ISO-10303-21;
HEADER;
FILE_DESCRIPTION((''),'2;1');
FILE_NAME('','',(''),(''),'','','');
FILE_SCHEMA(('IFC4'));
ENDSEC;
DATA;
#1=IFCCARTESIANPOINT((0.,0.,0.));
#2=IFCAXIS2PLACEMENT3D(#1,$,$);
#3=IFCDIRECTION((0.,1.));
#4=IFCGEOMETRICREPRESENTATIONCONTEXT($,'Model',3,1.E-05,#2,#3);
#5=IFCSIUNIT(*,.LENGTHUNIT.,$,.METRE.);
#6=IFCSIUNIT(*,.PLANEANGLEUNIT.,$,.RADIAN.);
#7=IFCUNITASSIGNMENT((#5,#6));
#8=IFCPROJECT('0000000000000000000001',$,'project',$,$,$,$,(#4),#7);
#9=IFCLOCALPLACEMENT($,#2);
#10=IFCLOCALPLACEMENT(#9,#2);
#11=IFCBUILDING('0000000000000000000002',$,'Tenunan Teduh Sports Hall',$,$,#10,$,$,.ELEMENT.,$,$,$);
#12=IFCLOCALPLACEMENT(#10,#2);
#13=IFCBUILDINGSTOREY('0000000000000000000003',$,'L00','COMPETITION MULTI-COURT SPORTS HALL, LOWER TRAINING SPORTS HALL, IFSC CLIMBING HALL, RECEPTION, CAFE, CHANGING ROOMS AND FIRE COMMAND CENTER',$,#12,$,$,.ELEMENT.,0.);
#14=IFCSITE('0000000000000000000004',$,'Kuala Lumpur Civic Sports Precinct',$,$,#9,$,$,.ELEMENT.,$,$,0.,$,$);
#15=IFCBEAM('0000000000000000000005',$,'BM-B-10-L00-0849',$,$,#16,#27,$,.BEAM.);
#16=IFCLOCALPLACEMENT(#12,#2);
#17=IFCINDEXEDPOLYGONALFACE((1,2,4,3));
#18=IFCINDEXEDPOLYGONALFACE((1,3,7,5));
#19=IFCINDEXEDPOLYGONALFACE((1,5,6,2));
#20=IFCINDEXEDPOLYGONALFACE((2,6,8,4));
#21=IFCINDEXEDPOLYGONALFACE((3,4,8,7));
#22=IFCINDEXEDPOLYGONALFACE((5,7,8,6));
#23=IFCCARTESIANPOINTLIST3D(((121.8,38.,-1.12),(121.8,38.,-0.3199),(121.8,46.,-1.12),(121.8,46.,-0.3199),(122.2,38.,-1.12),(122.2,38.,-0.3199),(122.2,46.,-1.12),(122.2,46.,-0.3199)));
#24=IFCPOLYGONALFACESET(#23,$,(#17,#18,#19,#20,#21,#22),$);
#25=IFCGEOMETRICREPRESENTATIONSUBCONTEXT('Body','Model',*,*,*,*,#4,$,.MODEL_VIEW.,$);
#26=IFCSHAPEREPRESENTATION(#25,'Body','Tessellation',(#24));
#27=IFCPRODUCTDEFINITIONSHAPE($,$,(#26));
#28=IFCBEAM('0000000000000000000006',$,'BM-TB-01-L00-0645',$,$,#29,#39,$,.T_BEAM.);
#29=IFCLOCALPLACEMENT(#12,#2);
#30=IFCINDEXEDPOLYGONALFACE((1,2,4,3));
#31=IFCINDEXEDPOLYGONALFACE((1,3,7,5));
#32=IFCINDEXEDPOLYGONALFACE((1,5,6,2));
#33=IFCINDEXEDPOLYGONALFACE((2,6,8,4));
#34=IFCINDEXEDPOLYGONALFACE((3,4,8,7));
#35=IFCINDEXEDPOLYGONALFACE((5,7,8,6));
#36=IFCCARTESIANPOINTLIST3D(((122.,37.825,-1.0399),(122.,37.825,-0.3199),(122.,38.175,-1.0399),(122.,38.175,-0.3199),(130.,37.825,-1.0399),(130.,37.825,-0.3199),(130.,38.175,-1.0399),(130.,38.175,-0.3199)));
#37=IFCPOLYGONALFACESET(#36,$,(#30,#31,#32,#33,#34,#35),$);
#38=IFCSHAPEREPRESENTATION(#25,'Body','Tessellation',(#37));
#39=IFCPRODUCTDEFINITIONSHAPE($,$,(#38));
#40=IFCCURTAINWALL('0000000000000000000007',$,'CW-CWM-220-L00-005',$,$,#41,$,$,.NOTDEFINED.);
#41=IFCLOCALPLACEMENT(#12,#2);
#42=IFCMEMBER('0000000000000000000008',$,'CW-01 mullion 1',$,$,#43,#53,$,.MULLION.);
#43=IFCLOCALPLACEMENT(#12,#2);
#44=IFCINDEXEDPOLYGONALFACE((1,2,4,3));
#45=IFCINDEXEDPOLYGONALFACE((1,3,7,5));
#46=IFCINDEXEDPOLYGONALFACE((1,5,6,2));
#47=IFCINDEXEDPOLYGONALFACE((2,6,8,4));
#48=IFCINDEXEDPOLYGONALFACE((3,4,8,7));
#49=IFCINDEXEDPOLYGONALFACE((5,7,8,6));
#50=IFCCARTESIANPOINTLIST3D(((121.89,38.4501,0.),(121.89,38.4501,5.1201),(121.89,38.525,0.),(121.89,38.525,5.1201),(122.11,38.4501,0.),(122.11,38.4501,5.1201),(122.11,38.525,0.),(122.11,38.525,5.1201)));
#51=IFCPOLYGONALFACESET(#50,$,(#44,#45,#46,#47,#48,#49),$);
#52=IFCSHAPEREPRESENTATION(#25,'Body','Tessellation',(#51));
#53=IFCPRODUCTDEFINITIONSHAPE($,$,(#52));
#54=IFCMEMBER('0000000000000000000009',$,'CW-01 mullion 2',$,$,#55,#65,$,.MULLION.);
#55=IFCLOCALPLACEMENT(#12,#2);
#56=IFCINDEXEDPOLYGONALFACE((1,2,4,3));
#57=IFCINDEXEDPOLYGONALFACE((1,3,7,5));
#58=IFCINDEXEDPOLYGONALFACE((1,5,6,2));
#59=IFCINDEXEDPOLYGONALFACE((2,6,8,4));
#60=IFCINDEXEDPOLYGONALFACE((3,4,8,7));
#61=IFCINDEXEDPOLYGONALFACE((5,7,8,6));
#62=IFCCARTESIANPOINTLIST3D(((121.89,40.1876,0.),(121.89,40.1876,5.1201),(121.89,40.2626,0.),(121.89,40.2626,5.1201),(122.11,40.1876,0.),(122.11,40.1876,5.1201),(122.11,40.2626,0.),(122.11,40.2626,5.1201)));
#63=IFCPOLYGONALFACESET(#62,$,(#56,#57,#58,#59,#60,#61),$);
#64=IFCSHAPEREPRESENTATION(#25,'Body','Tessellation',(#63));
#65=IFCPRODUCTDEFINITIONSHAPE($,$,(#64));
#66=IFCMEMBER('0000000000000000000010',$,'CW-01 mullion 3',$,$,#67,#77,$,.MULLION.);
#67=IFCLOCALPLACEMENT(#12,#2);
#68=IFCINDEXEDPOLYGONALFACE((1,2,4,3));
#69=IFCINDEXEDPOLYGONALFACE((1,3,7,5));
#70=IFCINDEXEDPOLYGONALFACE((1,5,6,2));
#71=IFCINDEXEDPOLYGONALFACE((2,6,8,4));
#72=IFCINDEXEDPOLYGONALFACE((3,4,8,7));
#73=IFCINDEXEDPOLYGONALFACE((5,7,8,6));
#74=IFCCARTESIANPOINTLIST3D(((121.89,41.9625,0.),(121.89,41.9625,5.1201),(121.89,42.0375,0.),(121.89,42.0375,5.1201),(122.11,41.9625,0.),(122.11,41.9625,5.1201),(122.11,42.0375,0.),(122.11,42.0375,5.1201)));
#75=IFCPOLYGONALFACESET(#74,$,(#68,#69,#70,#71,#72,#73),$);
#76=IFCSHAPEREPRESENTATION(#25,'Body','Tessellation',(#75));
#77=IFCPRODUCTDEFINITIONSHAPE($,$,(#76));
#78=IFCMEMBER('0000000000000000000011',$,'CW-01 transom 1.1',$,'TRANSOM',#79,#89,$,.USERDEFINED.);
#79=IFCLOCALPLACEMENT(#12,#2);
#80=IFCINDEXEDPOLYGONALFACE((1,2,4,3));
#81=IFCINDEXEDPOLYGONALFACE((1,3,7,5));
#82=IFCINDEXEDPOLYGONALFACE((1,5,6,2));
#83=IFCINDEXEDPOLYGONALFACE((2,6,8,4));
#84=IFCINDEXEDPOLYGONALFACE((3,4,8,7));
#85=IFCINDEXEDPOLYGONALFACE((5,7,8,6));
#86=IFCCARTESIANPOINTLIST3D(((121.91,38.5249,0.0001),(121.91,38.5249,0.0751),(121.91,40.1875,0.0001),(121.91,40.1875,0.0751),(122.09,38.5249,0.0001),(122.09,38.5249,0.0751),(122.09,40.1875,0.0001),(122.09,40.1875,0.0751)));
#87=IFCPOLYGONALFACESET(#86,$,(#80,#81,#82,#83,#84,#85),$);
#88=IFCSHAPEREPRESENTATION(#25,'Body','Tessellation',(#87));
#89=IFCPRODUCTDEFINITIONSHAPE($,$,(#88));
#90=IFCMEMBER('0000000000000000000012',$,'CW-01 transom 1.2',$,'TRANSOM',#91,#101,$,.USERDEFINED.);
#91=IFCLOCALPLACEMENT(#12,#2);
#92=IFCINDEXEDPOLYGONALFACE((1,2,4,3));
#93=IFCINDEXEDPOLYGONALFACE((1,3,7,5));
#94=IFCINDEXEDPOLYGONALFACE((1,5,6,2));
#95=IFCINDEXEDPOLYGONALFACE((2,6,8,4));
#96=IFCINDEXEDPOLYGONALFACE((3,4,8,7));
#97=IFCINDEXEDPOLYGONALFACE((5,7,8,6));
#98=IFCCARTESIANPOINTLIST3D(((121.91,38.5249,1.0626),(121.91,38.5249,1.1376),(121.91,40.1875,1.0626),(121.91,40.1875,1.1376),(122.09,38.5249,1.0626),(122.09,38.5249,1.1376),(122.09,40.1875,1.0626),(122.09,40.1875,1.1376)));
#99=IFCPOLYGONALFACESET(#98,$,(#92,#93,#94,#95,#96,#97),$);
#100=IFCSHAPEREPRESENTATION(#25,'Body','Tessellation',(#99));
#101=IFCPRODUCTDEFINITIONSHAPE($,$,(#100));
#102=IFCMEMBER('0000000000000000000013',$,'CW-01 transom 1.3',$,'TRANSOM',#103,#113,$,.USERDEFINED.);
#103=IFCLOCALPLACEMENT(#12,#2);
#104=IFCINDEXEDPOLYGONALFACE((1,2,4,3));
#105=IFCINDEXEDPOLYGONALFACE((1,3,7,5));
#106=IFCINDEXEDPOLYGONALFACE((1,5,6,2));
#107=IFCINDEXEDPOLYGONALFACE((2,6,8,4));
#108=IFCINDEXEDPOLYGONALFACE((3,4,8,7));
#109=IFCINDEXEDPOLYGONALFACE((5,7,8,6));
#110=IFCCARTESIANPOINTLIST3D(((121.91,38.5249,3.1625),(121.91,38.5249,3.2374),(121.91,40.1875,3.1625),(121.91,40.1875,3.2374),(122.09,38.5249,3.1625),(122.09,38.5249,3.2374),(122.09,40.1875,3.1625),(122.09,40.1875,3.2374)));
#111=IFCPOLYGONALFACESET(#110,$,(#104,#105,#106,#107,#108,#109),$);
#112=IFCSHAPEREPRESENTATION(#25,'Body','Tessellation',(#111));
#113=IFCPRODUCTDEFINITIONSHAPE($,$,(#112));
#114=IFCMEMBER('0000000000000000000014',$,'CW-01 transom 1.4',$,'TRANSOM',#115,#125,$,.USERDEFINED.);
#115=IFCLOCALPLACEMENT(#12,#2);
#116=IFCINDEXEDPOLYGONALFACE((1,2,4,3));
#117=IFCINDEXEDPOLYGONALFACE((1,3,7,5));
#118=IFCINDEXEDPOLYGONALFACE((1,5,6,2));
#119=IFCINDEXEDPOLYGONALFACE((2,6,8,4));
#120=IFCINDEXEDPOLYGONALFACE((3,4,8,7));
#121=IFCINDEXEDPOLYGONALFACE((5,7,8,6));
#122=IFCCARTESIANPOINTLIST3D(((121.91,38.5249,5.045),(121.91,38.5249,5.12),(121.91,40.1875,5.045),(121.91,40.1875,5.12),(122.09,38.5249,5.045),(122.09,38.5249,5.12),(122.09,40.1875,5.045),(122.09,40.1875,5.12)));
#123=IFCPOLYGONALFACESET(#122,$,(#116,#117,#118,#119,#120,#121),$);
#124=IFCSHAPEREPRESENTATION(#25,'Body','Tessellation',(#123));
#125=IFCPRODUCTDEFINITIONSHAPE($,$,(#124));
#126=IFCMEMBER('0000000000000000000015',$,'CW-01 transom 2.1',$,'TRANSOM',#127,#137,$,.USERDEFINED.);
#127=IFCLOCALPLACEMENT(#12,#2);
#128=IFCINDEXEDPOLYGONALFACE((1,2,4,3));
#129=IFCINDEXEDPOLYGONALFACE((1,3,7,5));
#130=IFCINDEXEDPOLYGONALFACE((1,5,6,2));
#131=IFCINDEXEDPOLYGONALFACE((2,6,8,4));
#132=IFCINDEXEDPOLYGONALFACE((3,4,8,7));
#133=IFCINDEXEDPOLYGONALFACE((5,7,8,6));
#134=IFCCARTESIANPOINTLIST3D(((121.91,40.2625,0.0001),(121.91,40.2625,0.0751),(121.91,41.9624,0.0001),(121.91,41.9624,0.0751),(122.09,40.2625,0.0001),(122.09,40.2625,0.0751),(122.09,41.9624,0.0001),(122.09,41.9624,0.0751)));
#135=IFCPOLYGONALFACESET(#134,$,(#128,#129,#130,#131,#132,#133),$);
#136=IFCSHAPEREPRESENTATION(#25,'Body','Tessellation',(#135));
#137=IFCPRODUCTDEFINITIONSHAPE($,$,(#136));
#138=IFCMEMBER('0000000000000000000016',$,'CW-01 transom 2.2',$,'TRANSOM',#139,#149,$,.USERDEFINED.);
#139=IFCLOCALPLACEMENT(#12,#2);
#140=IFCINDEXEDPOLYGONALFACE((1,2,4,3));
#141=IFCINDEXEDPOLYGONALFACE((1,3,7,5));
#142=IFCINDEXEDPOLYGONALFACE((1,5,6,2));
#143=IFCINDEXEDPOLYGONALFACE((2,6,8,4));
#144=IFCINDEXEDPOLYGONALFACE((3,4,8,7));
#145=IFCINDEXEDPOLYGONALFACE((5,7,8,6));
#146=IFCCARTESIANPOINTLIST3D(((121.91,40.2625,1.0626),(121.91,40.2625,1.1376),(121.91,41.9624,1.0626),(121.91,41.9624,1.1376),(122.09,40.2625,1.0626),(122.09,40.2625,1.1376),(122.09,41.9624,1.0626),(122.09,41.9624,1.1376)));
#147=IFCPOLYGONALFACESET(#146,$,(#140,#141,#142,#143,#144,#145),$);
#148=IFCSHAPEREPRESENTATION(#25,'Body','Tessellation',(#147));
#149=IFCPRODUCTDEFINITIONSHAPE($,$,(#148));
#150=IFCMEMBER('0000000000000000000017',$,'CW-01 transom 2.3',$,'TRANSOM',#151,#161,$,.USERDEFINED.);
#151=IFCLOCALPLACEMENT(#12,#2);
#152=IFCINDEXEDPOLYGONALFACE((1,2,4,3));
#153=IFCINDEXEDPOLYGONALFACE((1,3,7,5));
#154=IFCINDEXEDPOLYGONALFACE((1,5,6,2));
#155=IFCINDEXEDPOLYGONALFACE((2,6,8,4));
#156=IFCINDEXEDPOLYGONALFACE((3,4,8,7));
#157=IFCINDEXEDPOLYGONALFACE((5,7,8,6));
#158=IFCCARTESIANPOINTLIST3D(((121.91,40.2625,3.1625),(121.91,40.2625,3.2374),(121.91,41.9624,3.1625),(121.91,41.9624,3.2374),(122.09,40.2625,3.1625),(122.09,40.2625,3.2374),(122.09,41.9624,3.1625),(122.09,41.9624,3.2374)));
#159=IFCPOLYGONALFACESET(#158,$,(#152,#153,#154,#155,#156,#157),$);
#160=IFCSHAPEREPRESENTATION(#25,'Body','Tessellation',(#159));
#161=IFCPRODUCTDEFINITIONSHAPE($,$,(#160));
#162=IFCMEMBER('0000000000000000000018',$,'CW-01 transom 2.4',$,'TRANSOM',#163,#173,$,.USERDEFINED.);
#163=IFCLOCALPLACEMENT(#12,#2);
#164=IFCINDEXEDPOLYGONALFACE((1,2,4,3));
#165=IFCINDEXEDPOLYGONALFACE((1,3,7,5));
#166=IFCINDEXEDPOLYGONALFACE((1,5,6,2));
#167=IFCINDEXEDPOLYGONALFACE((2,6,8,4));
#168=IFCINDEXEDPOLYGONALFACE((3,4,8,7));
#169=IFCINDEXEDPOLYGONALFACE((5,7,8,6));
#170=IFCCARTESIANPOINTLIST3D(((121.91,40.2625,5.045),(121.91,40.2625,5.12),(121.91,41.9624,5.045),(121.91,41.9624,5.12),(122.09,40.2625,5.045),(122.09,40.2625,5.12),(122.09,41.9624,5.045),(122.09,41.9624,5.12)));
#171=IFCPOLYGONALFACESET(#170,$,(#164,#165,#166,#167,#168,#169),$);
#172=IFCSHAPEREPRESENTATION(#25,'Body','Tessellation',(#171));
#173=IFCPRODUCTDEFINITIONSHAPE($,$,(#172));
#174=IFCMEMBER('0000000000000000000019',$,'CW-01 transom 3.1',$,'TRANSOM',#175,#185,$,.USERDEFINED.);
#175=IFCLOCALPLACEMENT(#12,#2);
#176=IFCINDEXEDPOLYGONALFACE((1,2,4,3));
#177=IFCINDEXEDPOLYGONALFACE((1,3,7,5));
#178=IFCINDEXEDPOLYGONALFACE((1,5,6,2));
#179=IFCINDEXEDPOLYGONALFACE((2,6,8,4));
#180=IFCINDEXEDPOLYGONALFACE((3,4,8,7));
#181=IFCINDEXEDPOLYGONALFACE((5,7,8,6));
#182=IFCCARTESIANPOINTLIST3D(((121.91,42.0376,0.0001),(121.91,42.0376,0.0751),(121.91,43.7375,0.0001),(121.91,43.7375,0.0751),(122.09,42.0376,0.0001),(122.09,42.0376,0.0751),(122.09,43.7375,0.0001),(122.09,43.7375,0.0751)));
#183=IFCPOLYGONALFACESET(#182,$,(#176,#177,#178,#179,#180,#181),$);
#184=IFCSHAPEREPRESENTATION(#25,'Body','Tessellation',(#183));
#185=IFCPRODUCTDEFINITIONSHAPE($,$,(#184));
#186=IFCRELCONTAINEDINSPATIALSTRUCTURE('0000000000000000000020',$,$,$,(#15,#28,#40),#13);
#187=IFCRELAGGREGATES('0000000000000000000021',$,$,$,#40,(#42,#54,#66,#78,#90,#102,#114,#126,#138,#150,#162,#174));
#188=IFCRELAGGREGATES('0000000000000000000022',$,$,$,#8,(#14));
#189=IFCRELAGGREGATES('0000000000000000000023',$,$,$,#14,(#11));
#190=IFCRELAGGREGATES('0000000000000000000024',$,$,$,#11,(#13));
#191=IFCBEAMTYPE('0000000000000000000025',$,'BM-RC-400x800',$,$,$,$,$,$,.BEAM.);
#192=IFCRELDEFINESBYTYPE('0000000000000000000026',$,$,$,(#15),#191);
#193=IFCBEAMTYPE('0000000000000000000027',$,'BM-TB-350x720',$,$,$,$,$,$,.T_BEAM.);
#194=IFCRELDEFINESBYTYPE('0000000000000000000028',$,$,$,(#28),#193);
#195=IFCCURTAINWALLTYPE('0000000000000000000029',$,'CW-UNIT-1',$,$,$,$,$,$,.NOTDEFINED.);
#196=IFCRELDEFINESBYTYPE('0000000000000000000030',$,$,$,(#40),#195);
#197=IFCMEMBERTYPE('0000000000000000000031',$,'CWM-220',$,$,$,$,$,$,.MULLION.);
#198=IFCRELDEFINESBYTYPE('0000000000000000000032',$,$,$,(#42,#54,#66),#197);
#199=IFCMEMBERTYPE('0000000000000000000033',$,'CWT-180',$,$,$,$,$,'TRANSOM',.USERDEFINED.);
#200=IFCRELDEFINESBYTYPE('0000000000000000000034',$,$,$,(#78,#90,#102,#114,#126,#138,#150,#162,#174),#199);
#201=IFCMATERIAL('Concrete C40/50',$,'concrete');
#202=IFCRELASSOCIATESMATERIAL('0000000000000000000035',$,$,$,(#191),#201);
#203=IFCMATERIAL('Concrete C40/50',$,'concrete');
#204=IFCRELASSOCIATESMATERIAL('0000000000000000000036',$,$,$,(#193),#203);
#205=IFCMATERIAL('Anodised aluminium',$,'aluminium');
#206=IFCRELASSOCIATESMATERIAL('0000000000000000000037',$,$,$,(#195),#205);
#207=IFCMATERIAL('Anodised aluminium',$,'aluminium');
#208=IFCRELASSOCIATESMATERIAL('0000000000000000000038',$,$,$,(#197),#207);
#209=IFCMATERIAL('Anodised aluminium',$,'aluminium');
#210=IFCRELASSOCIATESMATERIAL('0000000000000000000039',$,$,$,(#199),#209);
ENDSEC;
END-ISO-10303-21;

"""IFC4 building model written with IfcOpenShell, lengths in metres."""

from ifc_helpers import new_model, si_unit, direction, frame, origin, origin_2d, place, context, subcontext, project, spatial, rectangle, extrude, material, material_profile, profile_set, type_object, element, aggregate, save


model = new_model("IFC4")

# Units and contexts
model_context = context("Model", 3, precision=1e-05, world=origin(), true_north=direction((0.0, 1.0)))
body_context = subcontext(model_context, "Body", "Model", "MODEL_VIEW")
ifc_project = project(units=[si_unit("LENGTHUNIT", "METRE"), si_unit("PLANEANGLEUNIT", "RADIAN")], contexts=[model_context])

# Site, building, storey
site_placement = place(None, origin())
site = spatial("IfcSite", under=ifc_project, at=site_placement, Name="Kuala Lumpur Civic Sports Precinct", CompositionType="ELEMENT", RefElevation=0.0)
building_placement = place(site_placement, origin())
building = spatial("IfcBuilding", under=site, at=building_placement, Name="Tenunan Teduh Sports Hall", CompositionType="ELEMENT")
storey_placement = place(building_placement, origin())
storey = spatial("IfcBuildingStorey", under=building, at=storey_placement, Name="L00", Description="COMPETITION MULTI-COURT SPORTS HALL, LOWER TRAINING SPORTS HALL, IFSC CLIMBING HALL, RECEPTION, CAFE, CHANGING ROOMS AND FIRE COMMAND CENTER", CompositionType="ELEMENT", Elevation=0.0)

# Beams
ifc_material_1 = material(Name="Concrete C40/50", Category="concrete")
ifc_material_profile_1 = material_profile(ifc_material_1, rectangle(XDim=0.3999, YDim=0.8, at=origin_2d()), Name="RCB 400x800")
ifc_profile_set_1 = profile_set([ifc_material_profile_1], Name="Concrete C40/50")
beam_type_1 = type_object("IfcBeamType", Name="BM-RC-400x800", PredefinedType="BEAM", material=ifc_profile_set_1)
beam_1_placement = place(storey_placement, frame((122.0, 38.0, -0.72), z_axis=(0.0, 1.0, 0.0), x_axis=(-1.0, 0.0, 0.0)))
element("IfcBeam", 1, at=beam_1_placement, inside=storey, type_object=beam_type_1, Name="BM-B-10-L00-0849", PredefinedType="BEAM", context=body_context, shape_type="SweptSolid", body=[
    extrude(rectangle(XDim=0.3999, YDim=0.8, at=origin_2d()), origin(), (0.0, 0.0, 1.0), 8.0),
])
ifc_material_2 = material(Name="Concrete C40/50", Category="concrete")
ifc_material_profile_2 = material_profile(ifc_material_2, rectangle(XDim=0.3501, YDim=0.72, at=origin_2d()), Name="TB 350x720")
ifc_profile_set_2 = profile_set([ifc_material_profile_2], Name="Concrete C40/50")
beam_type_2 = type_object("IfcBeamType", Name="BM-TB-350x720", PredefinedType="T_BEAM", material=ifc_profile_set_2)
beam_2_placement = place(storey_placement, frame((122.0, 38.0, -0.6799), z_axis=(1.0, 0.0, 0.0), x_axis=(0.0, 1.0, 0.0)))
element("IfcBeam", 2, at=beam_2_placement, inside=storey, type_object=beam_type_2, Name="BM-TB-01-L00-0645", PredefinedType="T_BEAM", context=body_context, shape_type="SweptSolid", body=[
    extrude(rectangle(XDim=0.3501, YDim=0.72, at=origin_2d()), origin(), (0.0, 0.0, 1.0), 8.0),
])

# Curtain wall, members
ifc_material_3 = material(Name="Anodised aluminium", Category="aluminium")
curtain_wall_type = type_object("IfcCurtainWallType", Name="CW-UNIT-1", PredefinedType="NOTDEFINED", material=ifc_material_3)
curtain_wall_placement = place(storey_placement, origin())
curtain_wall = element("IfcCurtainWall", 3, at=curtain_wall_placement, inside=storey, type_object=curtain_wall_type, Name="CW-CWM-220-L00-005", PredefinedType="NOTDEFINED")
ifc_material_4 = material(Name="Anodised aluminium", Category="aluminium")
ifc_material_profile_3 = material_profile(ifc_material_4, rectangle(XDim=0.075, YDim=0.22, at=origin_2d()), Name="CWM 75x220")
ifc_profile_set_3 = profile_set([ifc_material_profile_3], Name="Anodised aluminium")
member_type_1 = type_object("IfcMemberType", Name="CWM-220", PredefinedType="MULLION", material=ifc_profile_set_3)
member_1_placement = place(storey_placement, frame((122.0, 38.4875, 0.0), z_axis=(0.0, 0.0, 1.0), x_axis=(0.0, 1.0, 0.0)))
member_1 = element("IfcMember", 4, at=member_1_placement, type_object=member_type_1, Name="CW-01 mullion 1", PredefinedType="MULLION", context=body_context, shape_type="SweptSolid", body=[
    extrude(rectangle(XDim=0.075, YDim=0.22, at=origin_2d()), origin(), (0.0, 0.0, 1.0), 5.1201),
])
member_2_placement = place(storey_placement, frame((122.0, 40.2251, 0.0), z_axis=(0.0, 0.0, 1.0), x_axis=(0.0, 1.0, 0.0)))
member_2 = element("IfcMember", 5, at=member_2_placement, type_object=member_type_1, Name="CW-01 mullion 2", PredefinedType="MULLION", context=body_context, shape_type="SweptSolid", body=[
    extrude(rectangle(XDim=0.075, YDim=0.22, at=origin_2d()), origin(), (0.0, 0.0, 1.0), 5.1201),
])
member_3_placement = place(storey_placement, frame((122.0, 42.0, 0.0), z_axis=(0.0, 0.0, 1.0), x_axis=(0.0, 1.0, 0.0)))
member_3 = element("IfcMember", 6, at=member_3_placement, type_object=member_type_1, Name="CW-01 mullion 3", PredefinedType="MULLION", context=body_context, shape_type="SweptSolid", body=[
    extrude(rectangle(XDim=0.075, YDim=0.22, at=origin_2d()), origin(), (0.0, 0.0, 1.0), 5.1201),
])
ifc_material_5 = material(Name="Anodised aluminium", Category="aluminium")
ifc_material_profile_4 = material_profile(ifc_material_5, rectangle(XDim=0.075, YDim=0.1799, at=origin_2d()), Name="CWT 75x180")
ifc_profile_set_4 = profile_set([ifc_material_profile_4], Name="Anodised aluminium")
member_type_2 = type_object("IfcMemberType", Name="CWT-180", ElementType="TRANSOM", PredefinedType="USERDEFINED", material=ifc_profile_set_4)
member_4_placement = place(storey_placement, frame((122.0, 38.5249, 0.0376), z_axis=(0.0, 1.0, 0.0), x_axis=(0.0, 0.0, 1.0)))
member_4 = element("IfcMember", 7, at=member_4_placement, type_object=member_type_2, Name="CW-01 transom 1.1", ObjectType="TRANSOM", PredefinedType="USERDEFINED", context=body_context, shape_type="SweptSolid", body=[
    extrude(rectangle(XDim=0.075, YDim=0.1799, at=origin_2d()), origin(), (0.0, 0.0, 1.0), 1.6626),
])
member_5_placement = place(storey_placement, frame((122.0, 38.5249, 1.1001), z_axis=(0.0, 1.0, 0.0), x_axis=(0.0, 0.0, 1.0)))
member_5 = element("IfcMember", 8, at=member_5_placement, type_object=member_type_2, Name="CW-01 transom 1.2", ObjectType="TRANSOM", PredefinedType="USERDEFINED", context=body_context, shape_type="SweptSolid", body=[
    extrude(rectangle(XDim=0.075, YDim=0.1799, at=origin_2d()), origin(), (0.0, 0.0, 1.0), 1.6626),
])
member_6_placement = place(storey_placement, frame((122.0, 38.5249, 3.2), z_axis=(0.0, 1.0, 0.0), x_axis=(0.0, 0.0, 1.0)))
member_6 = element("IfcMember", 9, at=member_6_placement, type_object=member_type_2, Name="CW-01 transom 1.3", ObjectType="TRANSOM", PredefinedType="USERDEFINED", context=body_context, shape_type="SweptSolid", body=[
    extrude(rectangle(XDim=0.075, YDim=0.1799, at=origin_2d()), origin(), (0.0, 0.0, 1.0), 1.6626),
])
member_7_placement = place(storey_placement, frame((122.0, 38.5249, 5.0825), z_axis=(0.0, 1.0, 0.0), x_axis=(0.0, 0.0, 1.0)))
member_7 = element("IfcMember", 10, at=member_7_placement, type_object=member_type_2, Name="CW-01 transom 1.4", ObjectType="TRANSOM", PredefinedType="USERDEFINED", context=body_context, shape_type="SweptSolid", body=[
    extrude(rectangle(XDim=0.075, YDim=0.1799, at=origin_2d()), origin(), (0.0, 0.0, 1.0), 1.6626),
])
member_8_placement = place(storey_placement, frame((122.0, 40.2625, 0.0376), z_axis=(0.0, 1.0, 0.0), x_axis=(0.0, 0.0, 1.0)))
member_8 = element("IfcMember", 11, at=member_8_placement, type_object=member_type_2, Name="CW-01 transom 2.1", ObjectType="TRANSOM", PredefinedType="USERDEFINED", context=body_context, shape_type="SweptSolid", body=[
    extrude(rectangle(XDim=0.075, YDim=0.1799, at=origin_2d()), origin(), (0.0, 0.0, 1.0), 1.7),
])
member_9_placement = place(storey_placement, frame((122.0, 40.2625, 1.1001), z_axis=(0.0, 1.0, 0.0), x_axis=(0.0, 0.0, 1.0)))
member_9 = element("IfcMember", 12, at=member_9_placement, type_object=member_type_2, Name="CW-01 transom 2.2", ObjectType="TRANSOM", PredefinedType="USERDEFINED", context=body_context, shape_type="SweptSolid", body=[
    extrude(rectangle(XDim=0.075, YDim=0.1799, at=origin_2d()), origin(), (0.0, 0.0, 1.0), 1.7),
])
member_10_placement = place(storey_placement, frame((122.0, 40.2625, 3.2), z_axis=(0.0, 1.0, 0.0), x_axis=(0.0, 0.0, 1.0)))
member_10 = element("IfcMember", 13, at=member_10_placement, type_object=member_type_2, Name="CW-01 transom 2.3", ObjectType="TRANSOM", PredefinedType="USERDEFINED", context=body_context, shape_type="SweptSolid", body=[
    extrude(rectangle(XDim=0.075, YDim=0.1799, at=origin_2d()), origin(), (0.0, 0.0, 1.0), 1.7),
])
member_11_placement = place(storey_placement, frame((122.0, 40.2625, 5.0825), z_axis=(0.0, 1.0, 0.0), x_axis=(0.0, 0.0, 1.0)))
member_11 = element("IfcMember", 14, at=member_11_placement, type_object=member_type_2, Name="CW-01 transom 2.4", ObjectType="TRANSOM", PredefinedType="USERDEFINED", context=body_context, shape_type="SweptSolid", body=[
    extrude(rectangle(XDim=0.075, YDim=0.1799, at=origin_2d()), origin(), (0.0, 0.0, 1.0), 1.7),
])
member_12_placement = place(storey_placement, frame((122.0, 42.0376, 0.0376), z_axis=(0.0, 1.0, 0.0), x_axis=(0.0, 0.0, 1.0)))
member_12 = element("IfcMember", 15, at=member_12_placement, type_object=member_type_2, Name="CW-01 transom 3.1", ObjectType="TRANSOM", PredefinedType="USERDEFINED", context=body_context, shape_type="SweptSolid", body=[
    extrude(rectangle(XDim=0.075, YDim=0.1799, at=origin_2d()), origin(), (0.0, 0.0, 1.0), 1.7),
])
aggregate(curtain_wall, [member_1, member_2, member_3, member_4, member_5, member_6, member_7, member_8, member_9, member_10, member_11, member_12])

save(model, "model.ifc")
